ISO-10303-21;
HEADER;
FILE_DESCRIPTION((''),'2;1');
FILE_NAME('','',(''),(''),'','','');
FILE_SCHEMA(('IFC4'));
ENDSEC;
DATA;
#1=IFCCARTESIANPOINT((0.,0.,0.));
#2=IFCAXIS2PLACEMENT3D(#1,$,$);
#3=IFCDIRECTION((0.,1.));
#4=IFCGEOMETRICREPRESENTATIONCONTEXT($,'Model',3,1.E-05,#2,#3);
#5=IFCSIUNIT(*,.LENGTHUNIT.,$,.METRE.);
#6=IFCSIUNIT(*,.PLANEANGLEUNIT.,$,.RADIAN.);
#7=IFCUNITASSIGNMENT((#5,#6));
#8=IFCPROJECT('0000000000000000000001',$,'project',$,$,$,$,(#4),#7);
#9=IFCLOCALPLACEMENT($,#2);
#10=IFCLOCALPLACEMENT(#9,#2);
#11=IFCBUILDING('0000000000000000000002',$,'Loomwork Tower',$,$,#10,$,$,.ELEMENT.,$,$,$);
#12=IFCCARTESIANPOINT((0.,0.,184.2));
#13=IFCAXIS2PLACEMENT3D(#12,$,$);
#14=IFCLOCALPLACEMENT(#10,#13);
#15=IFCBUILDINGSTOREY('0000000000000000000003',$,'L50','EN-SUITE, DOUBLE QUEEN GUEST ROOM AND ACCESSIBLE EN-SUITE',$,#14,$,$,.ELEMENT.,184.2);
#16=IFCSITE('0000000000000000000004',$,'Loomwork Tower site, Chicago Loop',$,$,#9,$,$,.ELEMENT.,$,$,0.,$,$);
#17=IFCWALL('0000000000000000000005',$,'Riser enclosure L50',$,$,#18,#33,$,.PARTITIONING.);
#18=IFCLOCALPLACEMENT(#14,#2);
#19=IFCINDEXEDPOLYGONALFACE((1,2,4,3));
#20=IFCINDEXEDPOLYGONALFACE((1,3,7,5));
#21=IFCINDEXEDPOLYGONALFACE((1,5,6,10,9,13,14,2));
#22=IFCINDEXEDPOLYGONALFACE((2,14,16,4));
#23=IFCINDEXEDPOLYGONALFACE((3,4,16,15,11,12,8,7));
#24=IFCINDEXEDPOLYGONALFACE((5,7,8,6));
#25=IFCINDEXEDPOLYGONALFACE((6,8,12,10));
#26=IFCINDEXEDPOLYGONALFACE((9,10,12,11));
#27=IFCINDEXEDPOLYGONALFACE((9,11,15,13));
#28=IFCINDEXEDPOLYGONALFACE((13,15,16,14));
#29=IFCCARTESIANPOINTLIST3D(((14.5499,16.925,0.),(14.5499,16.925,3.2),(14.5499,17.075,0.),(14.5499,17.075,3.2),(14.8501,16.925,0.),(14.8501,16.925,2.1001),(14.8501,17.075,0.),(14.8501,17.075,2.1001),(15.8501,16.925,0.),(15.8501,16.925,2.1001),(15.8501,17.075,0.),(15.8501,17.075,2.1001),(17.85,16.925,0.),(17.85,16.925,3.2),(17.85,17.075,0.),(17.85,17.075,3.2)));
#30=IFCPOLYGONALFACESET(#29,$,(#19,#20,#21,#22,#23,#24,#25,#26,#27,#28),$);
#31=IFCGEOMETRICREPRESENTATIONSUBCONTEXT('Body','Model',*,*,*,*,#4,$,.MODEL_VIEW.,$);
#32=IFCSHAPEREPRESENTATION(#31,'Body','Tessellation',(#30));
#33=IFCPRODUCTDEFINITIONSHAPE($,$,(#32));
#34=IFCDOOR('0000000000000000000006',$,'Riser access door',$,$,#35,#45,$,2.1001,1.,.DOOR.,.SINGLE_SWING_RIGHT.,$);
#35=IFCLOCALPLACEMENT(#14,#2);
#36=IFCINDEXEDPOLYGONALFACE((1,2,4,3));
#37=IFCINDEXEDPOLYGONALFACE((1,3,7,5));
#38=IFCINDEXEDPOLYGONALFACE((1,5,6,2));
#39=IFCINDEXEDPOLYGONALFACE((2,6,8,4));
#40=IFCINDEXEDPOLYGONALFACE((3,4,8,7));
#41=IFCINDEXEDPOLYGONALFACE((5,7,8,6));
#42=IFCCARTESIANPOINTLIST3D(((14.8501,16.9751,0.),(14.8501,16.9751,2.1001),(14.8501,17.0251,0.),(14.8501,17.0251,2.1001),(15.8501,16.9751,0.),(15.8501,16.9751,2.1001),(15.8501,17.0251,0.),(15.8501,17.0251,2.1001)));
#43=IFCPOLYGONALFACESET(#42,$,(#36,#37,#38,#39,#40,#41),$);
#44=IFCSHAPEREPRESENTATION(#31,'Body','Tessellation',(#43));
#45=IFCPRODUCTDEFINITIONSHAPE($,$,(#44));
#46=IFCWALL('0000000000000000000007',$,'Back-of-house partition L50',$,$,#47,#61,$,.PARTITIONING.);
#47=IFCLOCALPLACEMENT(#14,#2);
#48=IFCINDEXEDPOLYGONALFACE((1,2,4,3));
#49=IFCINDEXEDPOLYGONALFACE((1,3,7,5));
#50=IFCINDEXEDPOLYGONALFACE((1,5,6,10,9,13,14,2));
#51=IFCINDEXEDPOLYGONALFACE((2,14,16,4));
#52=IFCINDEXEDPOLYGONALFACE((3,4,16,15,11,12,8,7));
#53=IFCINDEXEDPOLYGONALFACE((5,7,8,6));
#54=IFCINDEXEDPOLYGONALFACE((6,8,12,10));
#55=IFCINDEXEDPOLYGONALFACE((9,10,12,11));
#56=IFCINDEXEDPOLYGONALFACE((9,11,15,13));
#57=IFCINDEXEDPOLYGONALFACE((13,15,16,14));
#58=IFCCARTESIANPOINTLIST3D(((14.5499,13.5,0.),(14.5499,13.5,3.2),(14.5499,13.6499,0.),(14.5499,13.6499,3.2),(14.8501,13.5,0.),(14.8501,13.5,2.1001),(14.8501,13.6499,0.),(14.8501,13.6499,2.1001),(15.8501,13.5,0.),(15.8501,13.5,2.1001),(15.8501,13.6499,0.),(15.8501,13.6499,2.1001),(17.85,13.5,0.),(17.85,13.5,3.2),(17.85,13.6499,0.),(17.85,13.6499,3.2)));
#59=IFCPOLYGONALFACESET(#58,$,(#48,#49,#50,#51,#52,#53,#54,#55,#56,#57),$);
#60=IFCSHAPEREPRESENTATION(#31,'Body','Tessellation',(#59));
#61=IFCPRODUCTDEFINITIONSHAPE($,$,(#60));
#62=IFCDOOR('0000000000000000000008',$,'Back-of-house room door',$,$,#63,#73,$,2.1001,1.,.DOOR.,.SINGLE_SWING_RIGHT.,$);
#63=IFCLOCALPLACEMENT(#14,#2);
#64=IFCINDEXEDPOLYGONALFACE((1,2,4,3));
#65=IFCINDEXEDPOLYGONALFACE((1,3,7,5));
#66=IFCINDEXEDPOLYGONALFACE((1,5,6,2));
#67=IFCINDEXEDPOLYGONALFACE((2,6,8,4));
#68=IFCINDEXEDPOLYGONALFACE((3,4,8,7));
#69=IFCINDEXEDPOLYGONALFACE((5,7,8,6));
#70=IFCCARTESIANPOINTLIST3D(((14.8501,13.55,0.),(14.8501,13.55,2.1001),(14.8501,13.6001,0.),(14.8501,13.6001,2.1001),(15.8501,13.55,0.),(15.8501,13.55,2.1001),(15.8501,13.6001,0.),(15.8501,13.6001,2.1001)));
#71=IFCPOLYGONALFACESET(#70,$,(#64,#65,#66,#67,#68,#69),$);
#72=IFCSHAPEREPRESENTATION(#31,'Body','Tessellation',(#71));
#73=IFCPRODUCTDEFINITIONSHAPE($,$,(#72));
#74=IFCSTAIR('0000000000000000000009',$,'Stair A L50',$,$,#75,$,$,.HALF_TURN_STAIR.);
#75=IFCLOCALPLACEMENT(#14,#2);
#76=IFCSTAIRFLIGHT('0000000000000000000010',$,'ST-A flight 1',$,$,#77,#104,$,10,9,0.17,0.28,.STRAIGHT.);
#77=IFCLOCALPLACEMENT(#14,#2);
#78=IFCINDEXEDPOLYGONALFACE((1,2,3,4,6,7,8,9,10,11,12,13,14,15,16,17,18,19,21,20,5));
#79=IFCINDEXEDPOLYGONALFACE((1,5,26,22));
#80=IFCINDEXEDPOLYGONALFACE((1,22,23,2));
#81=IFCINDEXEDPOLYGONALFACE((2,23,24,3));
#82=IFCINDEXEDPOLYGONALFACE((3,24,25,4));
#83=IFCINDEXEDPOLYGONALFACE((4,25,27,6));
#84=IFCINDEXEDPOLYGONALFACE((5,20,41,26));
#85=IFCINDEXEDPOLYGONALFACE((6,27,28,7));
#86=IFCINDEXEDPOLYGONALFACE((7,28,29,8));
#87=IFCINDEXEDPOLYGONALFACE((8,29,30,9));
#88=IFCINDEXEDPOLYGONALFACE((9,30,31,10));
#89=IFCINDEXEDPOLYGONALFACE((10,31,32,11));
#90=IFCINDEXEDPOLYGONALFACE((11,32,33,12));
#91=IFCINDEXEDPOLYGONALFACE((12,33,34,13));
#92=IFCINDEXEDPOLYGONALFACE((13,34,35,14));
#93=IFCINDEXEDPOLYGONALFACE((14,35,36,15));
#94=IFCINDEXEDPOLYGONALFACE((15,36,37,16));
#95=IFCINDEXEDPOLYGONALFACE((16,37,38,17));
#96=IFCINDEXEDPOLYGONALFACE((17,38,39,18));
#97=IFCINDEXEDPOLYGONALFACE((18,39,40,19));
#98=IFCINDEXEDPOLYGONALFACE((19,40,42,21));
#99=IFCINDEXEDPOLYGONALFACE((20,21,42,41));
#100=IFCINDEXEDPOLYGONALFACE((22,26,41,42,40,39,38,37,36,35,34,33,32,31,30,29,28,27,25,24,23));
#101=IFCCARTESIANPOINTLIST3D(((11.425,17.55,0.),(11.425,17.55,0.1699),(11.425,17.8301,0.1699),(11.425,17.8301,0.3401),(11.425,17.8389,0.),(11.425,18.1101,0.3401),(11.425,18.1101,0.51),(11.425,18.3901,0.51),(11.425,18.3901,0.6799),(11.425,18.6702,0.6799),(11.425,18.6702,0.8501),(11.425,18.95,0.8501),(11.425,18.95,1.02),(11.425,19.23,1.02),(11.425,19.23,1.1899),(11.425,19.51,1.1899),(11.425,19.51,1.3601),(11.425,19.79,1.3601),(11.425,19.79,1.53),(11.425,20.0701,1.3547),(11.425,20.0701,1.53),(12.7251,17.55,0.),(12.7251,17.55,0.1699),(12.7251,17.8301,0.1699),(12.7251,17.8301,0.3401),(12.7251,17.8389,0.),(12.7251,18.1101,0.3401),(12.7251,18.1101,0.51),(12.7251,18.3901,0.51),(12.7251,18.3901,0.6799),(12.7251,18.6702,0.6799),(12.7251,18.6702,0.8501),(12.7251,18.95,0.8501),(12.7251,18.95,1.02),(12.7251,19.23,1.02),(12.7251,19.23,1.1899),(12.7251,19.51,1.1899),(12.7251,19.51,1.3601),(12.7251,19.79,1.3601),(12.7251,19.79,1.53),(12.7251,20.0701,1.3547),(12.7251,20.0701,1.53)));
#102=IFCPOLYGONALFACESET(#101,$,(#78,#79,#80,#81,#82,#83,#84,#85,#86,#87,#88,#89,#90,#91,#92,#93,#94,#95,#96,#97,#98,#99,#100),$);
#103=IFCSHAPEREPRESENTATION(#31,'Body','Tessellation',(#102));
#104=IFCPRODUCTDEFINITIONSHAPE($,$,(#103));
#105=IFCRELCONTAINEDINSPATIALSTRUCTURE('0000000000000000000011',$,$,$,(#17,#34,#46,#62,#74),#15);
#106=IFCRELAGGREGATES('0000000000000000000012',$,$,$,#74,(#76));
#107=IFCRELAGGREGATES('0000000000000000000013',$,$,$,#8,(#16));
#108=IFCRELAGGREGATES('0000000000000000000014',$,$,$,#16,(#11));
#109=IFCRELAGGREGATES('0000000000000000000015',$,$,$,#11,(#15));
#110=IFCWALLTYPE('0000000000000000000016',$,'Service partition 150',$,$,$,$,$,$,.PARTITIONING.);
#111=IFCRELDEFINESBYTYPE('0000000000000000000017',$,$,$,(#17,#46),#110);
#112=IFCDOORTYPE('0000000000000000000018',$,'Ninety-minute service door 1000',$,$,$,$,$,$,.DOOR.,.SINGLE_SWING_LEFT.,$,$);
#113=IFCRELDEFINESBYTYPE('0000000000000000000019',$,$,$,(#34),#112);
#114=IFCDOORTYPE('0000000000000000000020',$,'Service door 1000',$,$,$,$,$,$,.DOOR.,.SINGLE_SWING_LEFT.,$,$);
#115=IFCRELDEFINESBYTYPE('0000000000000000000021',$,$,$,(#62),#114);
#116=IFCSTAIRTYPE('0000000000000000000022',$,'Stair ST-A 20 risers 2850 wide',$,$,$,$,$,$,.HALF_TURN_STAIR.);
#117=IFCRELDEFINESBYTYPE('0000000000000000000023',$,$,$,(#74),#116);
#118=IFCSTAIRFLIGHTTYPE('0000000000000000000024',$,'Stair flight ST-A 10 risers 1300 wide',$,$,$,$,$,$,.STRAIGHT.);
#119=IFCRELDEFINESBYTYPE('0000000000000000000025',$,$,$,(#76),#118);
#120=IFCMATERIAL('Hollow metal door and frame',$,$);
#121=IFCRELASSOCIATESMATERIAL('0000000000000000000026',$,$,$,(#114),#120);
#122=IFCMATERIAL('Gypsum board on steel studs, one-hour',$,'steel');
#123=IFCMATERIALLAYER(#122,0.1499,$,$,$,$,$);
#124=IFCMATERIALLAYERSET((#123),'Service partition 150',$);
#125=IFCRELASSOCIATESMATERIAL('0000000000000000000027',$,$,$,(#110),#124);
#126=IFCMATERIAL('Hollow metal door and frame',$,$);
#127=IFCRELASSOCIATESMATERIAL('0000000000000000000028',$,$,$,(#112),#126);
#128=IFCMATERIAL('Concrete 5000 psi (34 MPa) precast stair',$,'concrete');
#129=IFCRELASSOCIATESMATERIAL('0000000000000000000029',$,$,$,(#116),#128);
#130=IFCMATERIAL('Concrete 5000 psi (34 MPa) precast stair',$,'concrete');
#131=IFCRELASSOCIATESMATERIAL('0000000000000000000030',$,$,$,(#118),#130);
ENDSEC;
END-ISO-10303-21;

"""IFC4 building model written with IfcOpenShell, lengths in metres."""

from ifc_helpers import new_model, si_unit, direction, frame, frame_2d, origin, place, context, subcontext, project, spatial, polyline, rectangle, outline, extrude, material, layer, layer_set, type_object, element, fill, aggregate, save


model = new_model("IFC4")

# Units and contexts
model_context = context("Model", 3, precision=1e-05, world=origin(), true_north=direction((0.0, 1.0)))
body_context = subcontext(model_context, "Body", "Model", "MODEL_VIEW")
ifc_project = project(units=[si_unit("LENGTHUNIT", "METRE"), si_unit("PLANEANGLEUNIT", "RADIAN")], contexts=[model_context])

# Site, building, storey
site_placement = place(None, origin())
site = spatial("IfcSite", under=ifc_project, at=site_placement, Name="Loomwork Tower site, Chicago Loop", CompositionType="ELEMENT", RefElevation=0.0)
building_placement = place(site_placement, origin())
building = spatial("IfcBuilding", under=site, at=building_placement, Name="Loomwork Tower", CompositionType="ELEMENT")
storey_placement = place(building_placement, frame((0.0, 0.0, 184.2)))
storey = spatial("IfcBuildingStorey", under=building, at=storey_placement, Name="L50", Description="EN-SUITE, DOUBLE QUEEN GUEST ROOM AND ACCESSIBLE EN-SUITE", CompositionType="ELEMENT", Elevation=184.2)

# Shared definitions
ifc_material_1 = material(Name="Hollow metal door and frame")
door_type_1 = type_object("IfcDoorType", Name="Service door 1000", OperationType="SINGLE_SWING_LEFT", PredefinedType="DOOR", material=ifc_material_1)

# Walls, openings, doors
ifc_material_2 = material(Name="Gypsum board on steel studs, one-hour", Category="steel")
ifc_layer_1 = layer(ifc_material_2, 0.1499)
ifc_layer_set_1 = layer_set([ifc_layer_1], Name="Service partition 150")
wall_type_1 = type_object("IfcWallType", Name="Service partition 150", PredefinedType="PARTITIONING", material=ifc_layer_set_1)
wall_1_placement = place(storey_placement, frame((14.55, 17.0, 0.0), z_axis=(0.0, 0.0, 1.0), x_axis=(1.0, 0.0, 0.0)))
wall_1 = element("IfcWall", 1, at=wall_1_placement, inside=storey, type_object=wall_type_1, Name="Riser enclosure L50", PredefinedType="PARTITIONING", context=body_context, shape_type="SweptSolid", body=[
    extrude(rectangle(XDim=3.3, YDim=0.1499, at=frame_2d((1.6499, 0.0))), origin(), (0.0, 0.0, 1.0), 3.2),
])
opening_1_placement = place(wall_1_placement, frame((0.3, 0.0, 0.0)))
opening_1 = element("IfcOpeningElement", 2, at=opening_1_placement, cuts=wall_1, PredefinedType="OPENING", context=body_context, shape_type="SweptSolid", body=[
    extrude(rectangle(XDim=1.0, YDim=2.1001, at=frame_2d((0.5, 1.05))), frame((0.0, 0.085, 0.0), z_axis=(0.0, -1.0, 0.0), x_axis=(1.0, 0.0, 0.0)), (0.0, 0.0, 1.0), 0.1699),
])
ifc_material_3 = material(Name="Hollow metal door and frame")
door_type_2 = type_object("IfcDoorType", Name="Ninety-minute service door 1000", OperationType="SINGLE_SWING_LEFT", PredefinedType="DOOR", material=ifc_material_3)
door_1_placement = place(opening_1_placement, frame((1.0, 0.0, 0.0), z_axis=(0.0, 0.0, 1.0), x_axis=(-1.0, 0.0, 0.0)))
door_1 = element("IfcDoor", 3, at=door_1_placement, inside=storey, type_object=door_type_2, Name="Riser access door", OperationType="SINGLE_SWING_RIGHT", OverallHeight=2.1001, OverallWidth=1.0, PredefinedType="DOOR", context=body_context, shape_type="SweptSolid", body=[
    extrude(rectangle(XDim=1.0, YDim=2.1001, at=frame_2d((0.5, 1.05))), frame((0.0, 0.0249, 0.0), z_axis=(0.0, -1.0, 0.0), x_axis=(1.0, 0.0, 0.0)), (0.0, 0.0, 1.0), 0.05),
])
fill(opening_1, door_1)
wall_2_placement = place(storey_placement, frame((14.55, 13.575, 0.0), z_axis=(0.0, 0.0, 1.0), x_axis=(1.0, 0.0, 0.0)))
wall_2 = element("IfcWall", 4, at=wall_2_placement, inside=storey, type_object=wall_type_1, Name="Back-of-house partition L50", PredefinedType="PARTITIONING", context=body_context, shape_type="SweptSolid", body=[
    extrude(rectangle(XDim=3.3, YDim=0.1499, at=frame_2d((1.6499, 0.0))), origin(), (0.0, 0.0, 1.0), 3.2),
])
opening_2_placement = place(wall_2_placement, frame((0.3, 0.0, 0.0)))
opening_2 = element("IfcOpeningElement", 5, at=opening_2_placement, cuts=wall_2, PredefinedType="OPENING", context=body_context, shape_type="SweptSolid", body=[
    extrude(rectangle(XDim=1.0, YDim=2.1001, at=frame_2d((0.5, 1.05))), frame((0.0, 0.085, 0.0), z_axis=(0.0, -1.0, 0.0), x_axis=(1.0, 0.0, 0.0)), (0.0, 0.0, 1.0), 0.1699),
])
door_2_placement = place(opening_2_placement, frame((1.0, 0.0, 0.0), z_axis=(0.0, 0.0, 1.0), x_axis=(-1.0, 0.0, 0.0)))
door_2 = element("IfcDoor", 6, at=door_2_placement, inside=storey, type_object=door_type_1, Name="Back-of-house room door", OperationType="SINGLE_SWING_RIGHT", OverallHeight=2.1001, OverallWidth=1.0, PredefinedType="DOOR", context=body_context, shape_type="SweptSolid", body=[
    extrude(rectangle(XDim=1.0, YDim=2.1001, at=frame_2d((0.5, 1.05))), frame((0.0, 0.0249, 0.0), z_axis=(0.0, -1.0, 0.0), x_axis=(1.0, 0.0, 0.0)), (0.0, 0.0, 1.0), 0.05),
])
fill(opening_2, door_2)

# Stair, stair flight
ifc_material_4 = material(Name="Concrete 5000 psi (34 MPa) precast stair", Category="concrete")
stair_type = type_object("IfcStairType", Name="Stair ST-A 20 risers 2850 wide", PredefinedType="HALF_TURN_STAIR", material=ifc_material_4)
stair_placement = place(storey_placement, origin())
stair = element("IfcStair", 7, at=stair_placement, inside=storey, type_object=stair_type, Name="Stair A L50", PredefinedType="HALF_TURN_STAIR")
ifc_material_5 = material(Name="Concrete 5000 psi (34 MPa) precast stair", Category="concrete")
stair_flight_type = type_object("IfcStairFlightType", Name="Stair flight ST-A 10 risers 1300 wide", PredefinedType="STRAIGHT", material=ifc_material_5)
stair_flight_placement = place(storey_placement, frame((12.075, 17.55, 0.0), z_axis=(0.0, 0.0, 1.0), x_axis=(0.0, 1.0, 0.0)))
stair_flight = element("IfcStairFlight", 8, at=stair_flight_placement, type_object=stair_flight_type, Name="ST-A flight 1", NumberOfRisers=10, NumberOfTreads=9, PredefinedType="STRAIGHT", RiserHeight=0.17, TreadLength=0.28, context=body_context, shape_type="SweptSolid", body=[
    extrude(outline(polyline([(0.0, 0.0), (0.0, 0.1699), (0.28, 0.1699), (0.28, 0.3401), (0.5601, 0.3401), (0.5601, 0.51), (0.8401, 0.51), (0.8401, 0.6799), (1.1201, 0.6799), (1.1201, 0.8501), (1.3999, 0.8501), (1.3999, 1.02), (1.6799, 1.02), (1.6799, 1.1899), (1.96, 1.1899), (1.96, 1.3601), (2.24, 1.3601), (2.24, 1.53), (2.52, 1.53), (2.52, 1.7), (2.52, 1.3547), (0.2888, 0.0), (0.0, 0.0)])), frame((0.0, 0.6499, 0.0), z_axis=(0.0, -1.0, 0.0), x_axis=(1.0, 0.0, 0.0)), (0.0, 0.0, 1.0), 1.3),
])
aggregate(stair, [stair_flight])

save(model, "model.ifc")
